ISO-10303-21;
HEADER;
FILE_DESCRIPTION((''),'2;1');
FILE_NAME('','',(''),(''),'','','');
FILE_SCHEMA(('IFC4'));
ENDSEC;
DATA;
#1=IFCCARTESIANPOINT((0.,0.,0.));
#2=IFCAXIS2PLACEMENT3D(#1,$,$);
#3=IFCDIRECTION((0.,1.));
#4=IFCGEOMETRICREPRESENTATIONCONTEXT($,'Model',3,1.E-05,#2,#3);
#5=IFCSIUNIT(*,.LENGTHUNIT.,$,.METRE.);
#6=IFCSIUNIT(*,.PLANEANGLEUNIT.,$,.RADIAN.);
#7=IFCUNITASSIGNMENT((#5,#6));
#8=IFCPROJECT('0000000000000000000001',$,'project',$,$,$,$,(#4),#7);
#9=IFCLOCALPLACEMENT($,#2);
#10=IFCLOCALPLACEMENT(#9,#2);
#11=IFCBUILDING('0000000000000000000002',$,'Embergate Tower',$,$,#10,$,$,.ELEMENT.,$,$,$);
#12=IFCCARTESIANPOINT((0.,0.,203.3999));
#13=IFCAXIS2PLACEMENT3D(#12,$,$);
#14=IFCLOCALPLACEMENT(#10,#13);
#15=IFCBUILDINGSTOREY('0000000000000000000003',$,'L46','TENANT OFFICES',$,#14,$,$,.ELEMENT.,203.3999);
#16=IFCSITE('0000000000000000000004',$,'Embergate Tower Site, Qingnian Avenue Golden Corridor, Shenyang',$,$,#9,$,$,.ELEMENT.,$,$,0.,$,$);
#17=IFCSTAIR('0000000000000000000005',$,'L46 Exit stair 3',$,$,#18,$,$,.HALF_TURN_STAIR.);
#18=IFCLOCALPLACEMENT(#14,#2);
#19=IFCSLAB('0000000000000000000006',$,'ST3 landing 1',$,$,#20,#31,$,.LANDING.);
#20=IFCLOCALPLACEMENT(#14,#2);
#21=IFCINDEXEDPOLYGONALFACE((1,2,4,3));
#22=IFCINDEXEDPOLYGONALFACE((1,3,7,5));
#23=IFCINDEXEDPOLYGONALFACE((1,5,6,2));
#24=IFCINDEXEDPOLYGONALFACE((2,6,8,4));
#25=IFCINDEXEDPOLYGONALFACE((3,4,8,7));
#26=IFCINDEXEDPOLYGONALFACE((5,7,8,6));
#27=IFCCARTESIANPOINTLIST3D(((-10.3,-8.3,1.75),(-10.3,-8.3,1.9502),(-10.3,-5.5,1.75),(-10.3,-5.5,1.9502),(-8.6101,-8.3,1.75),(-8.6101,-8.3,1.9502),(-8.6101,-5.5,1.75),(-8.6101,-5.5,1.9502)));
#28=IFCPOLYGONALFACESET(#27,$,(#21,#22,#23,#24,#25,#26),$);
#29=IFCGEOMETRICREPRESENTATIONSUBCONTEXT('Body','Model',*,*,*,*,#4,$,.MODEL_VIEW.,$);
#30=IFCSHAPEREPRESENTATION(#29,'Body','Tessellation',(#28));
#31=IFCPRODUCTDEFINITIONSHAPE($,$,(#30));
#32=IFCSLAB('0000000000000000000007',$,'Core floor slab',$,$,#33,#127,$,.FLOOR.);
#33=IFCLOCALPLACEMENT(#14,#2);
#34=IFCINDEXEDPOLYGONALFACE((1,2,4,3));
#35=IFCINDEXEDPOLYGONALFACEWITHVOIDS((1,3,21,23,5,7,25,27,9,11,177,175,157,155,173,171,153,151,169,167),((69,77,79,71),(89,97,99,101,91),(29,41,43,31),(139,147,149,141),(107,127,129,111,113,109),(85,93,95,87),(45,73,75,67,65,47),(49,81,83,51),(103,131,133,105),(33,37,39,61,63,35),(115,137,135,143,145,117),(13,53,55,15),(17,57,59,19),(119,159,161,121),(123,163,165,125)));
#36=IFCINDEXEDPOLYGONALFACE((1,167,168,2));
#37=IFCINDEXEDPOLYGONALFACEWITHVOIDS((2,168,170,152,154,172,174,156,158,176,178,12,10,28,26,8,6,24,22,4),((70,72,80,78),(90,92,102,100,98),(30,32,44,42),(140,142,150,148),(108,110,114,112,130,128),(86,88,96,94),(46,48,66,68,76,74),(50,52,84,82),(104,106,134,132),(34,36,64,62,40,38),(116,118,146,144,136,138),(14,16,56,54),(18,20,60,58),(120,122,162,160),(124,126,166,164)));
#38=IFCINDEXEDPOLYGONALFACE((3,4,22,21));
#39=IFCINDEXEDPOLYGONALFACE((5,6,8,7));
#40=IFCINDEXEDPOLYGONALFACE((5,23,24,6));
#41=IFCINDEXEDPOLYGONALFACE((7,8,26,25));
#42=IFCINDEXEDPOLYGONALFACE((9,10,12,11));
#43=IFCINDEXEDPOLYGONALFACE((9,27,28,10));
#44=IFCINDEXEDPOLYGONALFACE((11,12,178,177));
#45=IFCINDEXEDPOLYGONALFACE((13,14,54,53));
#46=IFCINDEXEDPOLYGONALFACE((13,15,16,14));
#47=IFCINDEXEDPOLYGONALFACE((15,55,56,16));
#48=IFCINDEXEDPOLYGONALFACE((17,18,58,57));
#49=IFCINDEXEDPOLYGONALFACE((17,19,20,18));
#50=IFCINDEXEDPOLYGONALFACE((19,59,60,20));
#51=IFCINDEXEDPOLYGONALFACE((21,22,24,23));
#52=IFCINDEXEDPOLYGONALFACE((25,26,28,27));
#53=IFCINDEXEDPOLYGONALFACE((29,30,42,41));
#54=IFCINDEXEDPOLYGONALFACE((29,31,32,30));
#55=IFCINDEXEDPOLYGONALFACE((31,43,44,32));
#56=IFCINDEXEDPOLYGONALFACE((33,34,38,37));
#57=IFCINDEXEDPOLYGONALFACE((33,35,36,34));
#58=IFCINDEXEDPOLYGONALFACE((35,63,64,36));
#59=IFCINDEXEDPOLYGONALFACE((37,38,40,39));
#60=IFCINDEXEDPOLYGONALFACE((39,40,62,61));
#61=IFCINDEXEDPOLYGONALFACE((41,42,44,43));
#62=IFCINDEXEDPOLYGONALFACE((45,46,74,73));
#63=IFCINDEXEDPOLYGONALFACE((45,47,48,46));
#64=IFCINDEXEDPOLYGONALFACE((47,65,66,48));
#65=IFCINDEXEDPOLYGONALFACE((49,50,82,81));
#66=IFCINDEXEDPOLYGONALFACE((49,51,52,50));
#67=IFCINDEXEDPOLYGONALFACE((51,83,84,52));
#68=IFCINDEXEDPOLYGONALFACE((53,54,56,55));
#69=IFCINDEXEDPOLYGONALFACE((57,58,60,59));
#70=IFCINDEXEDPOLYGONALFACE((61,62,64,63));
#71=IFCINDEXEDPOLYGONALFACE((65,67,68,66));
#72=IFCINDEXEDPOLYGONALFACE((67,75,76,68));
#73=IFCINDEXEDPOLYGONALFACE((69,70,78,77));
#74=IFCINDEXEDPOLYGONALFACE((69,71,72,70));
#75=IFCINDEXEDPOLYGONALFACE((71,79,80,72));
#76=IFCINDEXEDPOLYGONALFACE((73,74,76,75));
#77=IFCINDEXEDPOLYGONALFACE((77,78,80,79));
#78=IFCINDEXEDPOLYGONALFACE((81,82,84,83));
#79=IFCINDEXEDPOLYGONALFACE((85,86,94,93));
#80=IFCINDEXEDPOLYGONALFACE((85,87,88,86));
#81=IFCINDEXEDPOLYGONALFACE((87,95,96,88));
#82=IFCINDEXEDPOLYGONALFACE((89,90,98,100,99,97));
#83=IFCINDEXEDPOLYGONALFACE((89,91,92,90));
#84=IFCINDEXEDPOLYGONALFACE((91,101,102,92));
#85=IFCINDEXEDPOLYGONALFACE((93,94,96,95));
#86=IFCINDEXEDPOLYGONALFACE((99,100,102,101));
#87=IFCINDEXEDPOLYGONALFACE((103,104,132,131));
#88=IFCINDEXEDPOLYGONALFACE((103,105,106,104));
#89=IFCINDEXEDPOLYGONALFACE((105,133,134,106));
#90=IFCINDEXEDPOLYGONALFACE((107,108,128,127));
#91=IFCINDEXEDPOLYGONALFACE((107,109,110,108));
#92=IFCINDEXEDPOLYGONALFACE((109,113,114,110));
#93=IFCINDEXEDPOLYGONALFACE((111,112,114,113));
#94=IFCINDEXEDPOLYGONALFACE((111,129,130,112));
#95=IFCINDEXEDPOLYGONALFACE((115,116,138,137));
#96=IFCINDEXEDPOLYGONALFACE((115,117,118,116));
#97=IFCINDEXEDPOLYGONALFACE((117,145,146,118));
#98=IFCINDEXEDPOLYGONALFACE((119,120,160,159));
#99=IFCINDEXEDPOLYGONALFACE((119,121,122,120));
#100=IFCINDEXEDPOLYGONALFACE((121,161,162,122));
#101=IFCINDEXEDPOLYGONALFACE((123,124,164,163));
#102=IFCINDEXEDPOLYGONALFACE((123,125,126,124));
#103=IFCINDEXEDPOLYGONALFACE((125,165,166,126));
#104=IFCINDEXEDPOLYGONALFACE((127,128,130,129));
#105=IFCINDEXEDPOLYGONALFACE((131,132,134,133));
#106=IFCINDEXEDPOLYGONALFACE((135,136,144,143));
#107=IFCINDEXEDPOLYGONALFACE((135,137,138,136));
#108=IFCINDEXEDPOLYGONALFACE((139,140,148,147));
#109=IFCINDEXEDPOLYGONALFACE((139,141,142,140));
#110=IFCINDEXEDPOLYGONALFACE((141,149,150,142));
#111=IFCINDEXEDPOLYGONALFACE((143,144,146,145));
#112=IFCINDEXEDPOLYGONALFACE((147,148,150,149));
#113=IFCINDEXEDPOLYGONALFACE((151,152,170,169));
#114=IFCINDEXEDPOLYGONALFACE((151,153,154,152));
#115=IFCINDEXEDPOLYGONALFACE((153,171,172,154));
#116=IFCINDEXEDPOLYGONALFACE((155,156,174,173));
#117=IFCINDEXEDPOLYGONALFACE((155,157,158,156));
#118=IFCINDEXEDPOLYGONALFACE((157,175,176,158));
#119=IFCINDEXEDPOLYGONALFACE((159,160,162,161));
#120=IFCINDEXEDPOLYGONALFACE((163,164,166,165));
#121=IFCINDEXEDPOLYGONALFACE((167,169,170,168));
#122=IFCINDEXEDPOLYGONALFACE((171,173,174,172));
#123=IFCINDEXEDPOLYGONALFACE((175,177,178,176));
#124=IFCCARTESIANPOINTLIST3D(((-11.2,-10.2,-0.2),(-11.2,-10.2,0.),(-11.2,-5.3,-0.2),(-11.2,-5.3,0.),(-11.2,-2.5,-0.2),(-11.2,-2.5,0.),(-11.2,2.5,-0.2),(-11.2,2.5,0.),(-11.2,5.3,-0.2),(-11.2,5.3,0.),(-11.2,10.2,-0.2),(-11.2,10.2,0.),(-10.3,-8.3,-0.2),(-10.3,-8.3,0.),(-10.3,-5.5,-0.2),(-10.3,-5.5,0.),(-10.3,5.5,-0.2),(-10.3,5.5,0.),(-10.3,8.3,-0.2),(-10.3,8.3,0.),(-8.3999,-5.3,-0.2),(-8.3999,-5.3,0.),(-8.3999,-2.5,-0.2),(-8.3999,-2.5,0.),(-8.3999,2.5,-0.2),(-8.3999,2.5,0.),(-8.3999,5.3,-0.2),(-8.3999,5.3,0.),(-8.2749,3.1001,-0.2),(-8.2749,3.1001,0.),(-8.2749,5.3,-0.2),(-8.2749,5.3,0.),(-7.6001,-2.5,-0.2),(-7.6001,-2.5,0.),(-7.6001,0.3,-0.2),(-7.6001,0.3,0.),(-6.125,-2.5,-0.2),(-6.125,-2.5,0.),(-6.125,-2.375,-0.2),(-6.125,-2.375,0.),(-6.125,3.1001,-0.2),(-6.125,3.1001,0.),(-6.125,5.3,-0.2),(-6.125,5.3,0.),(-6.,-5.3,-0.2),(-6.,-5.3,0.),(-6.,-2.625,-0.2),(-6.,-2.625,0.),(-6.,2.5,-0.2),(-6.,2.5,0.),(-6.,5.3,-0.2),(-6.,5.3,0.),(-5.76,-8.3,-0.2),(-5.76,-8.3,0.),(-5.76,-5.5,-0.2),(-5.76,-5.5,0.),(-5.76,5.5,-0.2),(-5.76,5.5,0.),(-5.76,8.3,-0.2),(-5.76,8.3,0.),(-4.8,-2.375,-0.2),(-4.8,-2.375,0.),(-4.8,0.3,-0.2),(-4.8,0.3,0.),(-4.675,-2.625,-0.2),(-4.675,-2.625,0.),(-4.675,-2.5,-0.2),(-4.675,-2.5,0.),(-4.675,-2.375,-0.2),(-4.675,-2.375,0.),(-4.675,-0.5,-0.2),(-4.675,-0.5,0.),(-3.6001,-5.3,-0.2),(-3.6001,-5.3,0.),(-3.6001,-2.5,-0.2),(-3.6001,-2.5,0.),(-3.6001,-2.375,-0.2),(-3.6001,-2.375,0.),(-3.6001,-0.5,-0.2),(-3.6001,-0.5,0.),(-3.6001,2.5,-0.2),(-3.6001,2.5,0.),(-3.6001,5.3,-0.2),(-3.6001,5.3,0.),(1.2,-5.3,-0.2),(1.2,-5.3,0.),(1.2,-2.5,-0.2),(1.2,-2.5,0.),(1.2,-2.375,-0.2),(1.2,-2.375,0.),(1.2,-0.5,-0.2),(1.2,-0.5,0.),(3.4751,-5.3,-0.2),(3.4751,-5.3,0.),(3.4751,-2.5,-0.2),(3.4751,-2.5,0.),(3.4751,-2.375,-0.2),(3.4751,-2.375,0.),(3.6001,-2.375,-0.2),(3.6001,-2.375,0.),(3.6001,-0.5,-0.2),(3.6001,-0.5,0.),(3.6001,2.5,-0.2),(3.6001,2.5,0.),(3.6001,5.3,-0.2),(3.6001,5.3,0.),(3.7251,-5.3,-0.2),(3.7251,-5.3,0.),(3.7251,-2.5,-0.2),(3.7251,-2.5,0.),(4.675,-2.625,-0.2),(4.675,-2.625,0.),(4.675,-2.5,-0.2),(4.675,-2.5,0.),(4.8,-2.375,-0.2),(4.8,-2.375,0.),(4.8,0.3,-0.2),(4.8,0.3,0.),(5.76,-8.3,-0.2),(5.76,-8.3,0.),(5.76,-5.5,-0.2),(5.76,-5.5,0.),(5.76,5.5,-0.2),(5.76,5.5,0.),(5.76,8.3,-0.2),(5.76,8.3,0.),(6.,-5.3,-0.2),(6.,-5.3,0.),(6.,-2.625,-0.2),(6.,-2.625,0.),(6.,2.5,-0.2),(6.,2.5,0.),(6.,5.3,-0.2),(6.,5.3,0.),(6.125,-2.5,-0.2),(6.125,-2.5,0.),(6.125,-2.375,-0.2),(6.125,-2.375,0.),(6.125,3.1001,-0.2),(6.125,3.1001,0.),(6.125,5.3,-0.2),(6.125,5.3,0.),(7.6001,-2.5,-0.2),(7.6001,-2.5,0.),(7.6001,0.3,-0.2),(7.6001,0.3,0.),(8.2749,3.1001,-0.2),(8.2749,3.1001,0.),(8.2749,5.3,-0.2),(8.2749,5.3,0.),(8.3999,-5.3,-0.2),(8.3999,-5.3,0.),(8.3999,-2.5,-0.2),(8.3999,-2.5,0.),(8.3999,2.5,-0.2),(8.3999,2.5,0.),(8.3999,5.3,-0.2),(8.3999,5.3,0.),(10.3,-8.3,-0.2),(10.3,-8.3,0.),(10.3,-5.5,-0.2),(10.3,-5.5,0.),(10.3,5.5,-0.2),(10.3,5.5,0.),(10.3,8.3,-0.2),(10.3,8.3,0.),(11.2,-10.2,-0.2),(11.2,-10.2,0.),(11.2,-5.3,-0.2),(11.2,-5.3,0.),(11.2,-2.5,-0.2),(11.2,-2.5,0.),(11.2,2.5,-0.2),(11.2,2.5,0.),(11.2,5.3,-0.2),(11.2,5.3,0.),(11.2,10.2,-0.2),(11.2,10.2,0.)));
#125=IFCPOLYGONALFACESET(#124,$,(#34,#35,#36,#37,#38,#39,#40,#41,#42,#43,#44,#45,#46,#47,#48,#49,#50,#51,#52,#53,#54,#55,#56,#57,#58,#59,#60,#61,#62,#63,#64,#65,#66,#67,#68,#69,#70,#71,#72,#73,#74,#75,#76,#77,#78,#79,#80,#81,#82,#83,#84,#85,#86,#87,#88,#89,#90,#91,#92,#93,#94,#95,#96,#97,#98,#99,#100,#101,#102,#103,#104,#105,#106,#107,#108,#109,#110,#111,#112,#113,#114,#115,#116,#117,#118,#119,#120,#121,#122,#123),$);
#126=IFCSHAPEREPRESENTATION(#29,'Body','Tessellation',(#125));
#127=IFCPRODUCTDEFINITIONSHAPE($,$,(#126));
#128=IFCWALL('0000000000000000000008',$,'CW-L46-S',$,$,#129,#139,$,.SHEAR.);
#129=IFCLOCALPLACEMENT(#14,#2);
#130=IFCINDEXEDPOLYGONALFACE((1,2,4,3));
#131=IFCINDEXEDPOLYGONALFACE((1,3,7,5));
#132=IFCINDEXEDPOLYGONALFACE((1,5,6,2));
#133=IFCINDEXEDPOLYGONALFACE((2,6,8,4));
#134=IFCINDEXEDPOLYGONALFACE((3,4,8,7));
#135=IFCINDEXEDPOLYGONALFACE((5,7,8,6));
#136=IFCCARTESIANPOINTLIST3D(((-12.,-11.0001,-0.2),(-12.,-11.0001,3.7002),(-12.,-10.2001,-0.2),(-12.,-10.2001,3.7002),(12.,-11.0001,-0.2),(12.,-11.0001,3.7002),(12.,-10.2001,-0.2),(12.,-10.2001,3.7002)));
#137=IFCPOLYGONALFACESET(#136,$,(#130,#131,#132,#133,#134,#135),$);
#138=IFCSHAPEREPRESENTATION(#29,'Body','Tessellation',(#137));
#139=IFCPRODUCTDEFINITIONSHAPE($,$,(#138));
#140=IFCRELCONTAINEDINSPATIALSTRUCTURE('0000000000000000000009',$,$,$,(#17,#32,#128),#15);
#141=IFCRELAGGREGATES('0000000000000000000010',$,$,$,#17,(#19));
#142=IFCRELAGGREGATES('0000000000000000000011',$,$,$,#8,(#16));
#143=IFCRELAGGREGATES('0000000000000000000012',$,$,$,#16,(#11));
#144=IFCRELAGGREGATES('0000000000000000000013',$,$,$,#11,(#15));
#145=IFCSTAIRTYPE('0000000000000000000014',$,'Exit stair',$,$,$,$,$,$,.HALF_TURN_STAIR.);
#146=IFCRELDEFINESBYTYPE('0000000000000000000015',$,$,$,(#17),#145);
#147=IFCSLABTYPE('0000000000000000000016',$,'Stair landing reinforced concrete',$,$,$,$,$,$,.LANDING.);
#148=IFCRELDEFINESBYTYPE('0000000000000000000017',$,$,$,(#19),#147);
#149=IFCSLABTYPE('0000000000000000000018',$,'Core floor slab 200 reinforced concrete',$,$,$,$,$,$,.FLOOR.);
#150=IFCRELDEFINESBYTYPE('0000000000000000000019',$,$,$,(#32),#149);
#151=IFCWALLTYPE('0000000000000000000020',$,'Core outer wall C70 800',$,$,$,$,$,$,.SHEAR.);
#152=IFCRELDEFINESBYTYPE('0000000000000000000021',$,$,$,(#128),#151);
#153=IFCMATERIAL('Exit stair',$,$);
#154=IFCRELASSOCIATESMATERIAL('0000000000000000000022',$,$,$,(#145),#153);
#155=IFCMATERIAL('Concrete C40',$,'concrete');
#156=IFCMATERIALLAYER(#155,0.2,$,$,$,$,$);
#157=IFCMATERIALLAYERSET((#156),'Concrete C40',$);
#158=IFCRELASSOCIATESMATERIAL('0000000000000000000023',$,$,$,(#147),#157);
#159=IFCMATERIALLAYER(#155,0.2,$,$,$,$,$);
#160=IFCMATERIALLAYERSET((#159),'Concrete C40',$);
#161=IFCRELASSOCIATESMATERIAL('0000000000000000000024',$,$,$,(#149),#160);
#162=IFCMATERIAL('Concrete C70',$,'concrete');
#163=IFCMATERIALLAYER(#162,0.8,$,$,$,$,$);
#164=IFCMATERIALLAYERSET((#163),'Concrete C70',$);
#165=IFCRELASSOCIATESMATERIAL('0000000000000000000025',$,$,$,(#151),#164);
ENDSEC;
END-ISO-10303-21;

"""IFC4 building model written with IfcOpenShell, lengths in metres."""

from ifc_helpers import new_model, si_unit, direction, frame, frame_2d, origin, place, context, subcontext, project, spatial, polyline, rectangle, outline, extrude, source, transform, mapped, material, layer, layer_set, type_object, element, aggregate, save


model = new_model("IFC4")

# Units and contexts
model_context = context("Model", 3, precision=1e-05, world=origin(), true_north=direction((0.0, 1.0)))
body_context = subcontext(model_context, "Body", "Model", "MODEL_VIEW")
ifc_project = project(units=[si_unit("LENGTHUNIT", "METRE"), si_unit("PLANEANGLEUNIT", "RADIAN")], contexts=[model_context])

# Site, building, storey
site_placement = place(None, origin())
site = spatial("IfcSite", under=ifc_project, at=site_placement, Name="Embergate Tower Site, Qingnian Avenue Golden Corridor, Shenyang", CompositionType="ELEMENT", RefElevation=0.0)
building_placement = place(site_placement, origin())
building = spatial("IfcBuilding", under=site, at=building_placement, Name="Embergate Tower", CompositionType="ELEMENT")
storey_placement = place(building_placement, frame((0.0, 0.0, 203.3999)))
storey = spatial("IfcBuildingStorey", under=building, at=storey_placement, Name="L46", Description="TENANT OFFICES", CompositionType="ELEMENT", Elevation=203.3999)

# Stair, slab
ifc_material_1 = material(Name="Exit stair")
stair_type = type_object("IfcStairType", Name="Exit stair", PredefinedType="HALF_TURN_STAIR", material=ifc_material_1)
stair_placement = place(storey_placement, origin())
stair = element("IfcStair", 1, at=stair_placement, inside=storey, type_object=stair_type, Name="L46 Exit stair 3", PredefinedType="HALF_TURN_STAIR")
ifc_material_2 = material(Name="Concrete C40", Category="concrete")
ifc_layer_1 = layer(ifc_material_2, 0.2)
ifc_layer_set_1 = layer_set([ifc_layer_1], Name="Concrete C40")
slab_type_1 = type_object("IfcSlabType", Name="Stair landing reinforced concrete", PredefinedType="LANDING", material=ifc_layer_set_1)
shared_shape_1 = source(origin(), body_context, "Body", "SweptSolid", [
    extrude(outline(polyline([(0.0, 0.0), (1.6899, 0.0), (1.6899, 2.8), (0.0, 2.8), (0.0, 0.0)])), origin(), (0.0, 0.0, 1.0), 0.2002),
])
slab_1_placement = place(storey_placement, frame((-10.3, -8.3, 1.75)))
slab_1 = element("IfcSlab", 2, at=slab_1_placement, type_object=slab_type_1, Name="ST3 landing 1", PredefinedType="LANDING", context=body_context, shape_type="MappedRepresentation", body=[
    mapped(shared_shape_1, transform((0.0, 0.0, 0.0))),
])

# Slab
ifc_layer_2 = layer(ifc_material_2, 0.2)
ifc_layer_set_2 = layer_set([ifc_layer_2], Name="Concrete C40")
slab_type_2 = type_object("IfcSlabType", Name="Core floor slab 200 reinforced concrete", PredefinedType="FLOOR", material=ifc_layer_set_2)
shared_shape_2 = source(origin(), body_context, "Body", "SweptSolid", [
    extrude(outline(polyline([(0.0, 0.0), (22.3999, 0.0), (22.3999, 4.8999), (19.5999, 4.8999), (19.5999, 7.7), (22.3999, 7.7), (22.3999, 12.7), (19.5999, 12.7), (19.5999, 15.5), (22.3999, 15.5), (22.3999, 20.3999), (0.0, 20.3999), (0.0, 15.5), (2.8, 15.5), (2.8, 12.7), (0.0, 12.7), (0.0, 7.7), (2.8, 7.7), (2.8, 4.8999), (0.0, 4.8999), (0.0, 0.0)]), holes=[polyline([(0.8999, 1.8999), (0.8999, 4.7), (5.4399, 4.7), (5.4399, 1.8999), (0.8999, 1.8999)]), polyline([(16.96, 1.8999), (16.96, 4.7), (21.5, 4.7), (21.5, 1.8999), (16.96, 1.8999)]), polyline([(5.2, 4.8999), (5.2, 7.575), (6.5249, 7.575), (6.5249, 7.7), (7.5999, 7.7), (7.5999, 4.8999), (5.2, 4.8999)]), polyline([(12.3999, 4.8999), (12.3999, 7.7), (14.675, 7.7), (14.675, 4.8999), (12.3999, 4.8999)]), polyline([(14.925, 4.8999), (14.925, 7.7), (15.875, 7.7), (15.875, 7.575), (17.2, 7.575), (17.2, 4.8999), (14.925, 4.8999)]), polyline([(3.5999, 7.7), (3.5999, 10.5), (6.3999, 10.5), (6.3999, 7.825), (5.075, 7.825), (5.075, 7.7), (3.5999, 7.7)]), polyline([(17.325, 7.7), (17.325, 7.825), (16.0, 7.825), (16.0, 10.5), (18.8, 10.5), (18.8, 7.7), (17.325, 7.7)]), polyline([(6.5249, 7.825), (6.5249, 9.7), (7.5999, 9.7), (7.5999, 7.825), (6.5249, 7.825)]), polyline([(12.3999, 7.825), (12.3999, 9.7), (14.8, 9.7), (14.8, 7.825), (14.675, 7.825), (12.3999, 7.825)]), polyline([(5.2, 12.7), (5.2, 15.5), (7.5999, 15.5), (7.5999, 12.7), (5.2, 12.7)]), polyline([(14.8, 12.7), (14.8, 15.5), (17.2, 15.5), (17.2, 12.7), (14.8, 12.7)]), polyline([(2.925, 13.3), (2.925, 15.5), (5.075, 15.5), (5.075, 13.3), (2.925, 13.3)]), polyline([(17.325, 13.3), (17.325, 15.5), (19.4749, 15.5), (19.4749, 13.3), (17.325, 13.3)]), polyline([(0.8999, 15.7), (0.8999, 18.5), (5.4399, 18.5), (5.4399, 15.7), (0.8999, 15.7)]), polyline([(16.96, 15.7), (16.96, 18.5), (21.5, 18.5), (21.5, 15.7), (16.96, 15.7)])]), origin(), (0.0, 0.0, 1.0), 0.2),
])
slab_2_placement = place(storey_placement, frame((-11.2, -10.2, -0.2)))
element("IfcSlab", 3, at=slab_2_placement, inside=storey, type_object=slab_type_2, Name="Core floor slab", PredefinedType="FLOOR", context=body_context, shape_type="MappedRepresentation", body=[
    mapped(shared_shape_2, transform((0.0, 0.0, 0.0))),
])

# Wall
ifc_material_3 = material(Name="Concrete C70", Category="concrete")
ifc_layer_3 = layer(ifc_material_3, 0.8)
ifc_layer_set_3 = layer_set([ifc_layer_3], Name="Concrete C70")
wall_type_1 = type_object("IfcWallType", Name="Core outer wall C70 800", PredefinedType="SHEAR", material=ifc_layer_set_3)
shared_shape_3 = source(origin(), body_context, "Body", "SweptSolid", [
    extrude(rectangle(XDim=24.0, YDim=0.8, at=frame_2d((12.0, 0.0))), origin(), (0.0, 0.0, 1.0), 3.9001),
])
wall_1_placement = place(storey_placement, frame((-12.0, -10.6001, -0.2), z_axis=(0.0, 0.0, 1.0), x_axis=(1.0, 0.0, 0.0)))
element("IfcWall", 4, at=wall_1_placement, inside=storey, type_object=wall_type_1, Name="CW-L46-S", PredefinedType="SHEAR", context=body_context, shape_type="MappedRepresentation", body=[
    mapped(shared_shape_3, transform((0.0, 0.0, 0.0))),
])

aggregate(stair, [slab_1])

save(model, "model.ifc")
